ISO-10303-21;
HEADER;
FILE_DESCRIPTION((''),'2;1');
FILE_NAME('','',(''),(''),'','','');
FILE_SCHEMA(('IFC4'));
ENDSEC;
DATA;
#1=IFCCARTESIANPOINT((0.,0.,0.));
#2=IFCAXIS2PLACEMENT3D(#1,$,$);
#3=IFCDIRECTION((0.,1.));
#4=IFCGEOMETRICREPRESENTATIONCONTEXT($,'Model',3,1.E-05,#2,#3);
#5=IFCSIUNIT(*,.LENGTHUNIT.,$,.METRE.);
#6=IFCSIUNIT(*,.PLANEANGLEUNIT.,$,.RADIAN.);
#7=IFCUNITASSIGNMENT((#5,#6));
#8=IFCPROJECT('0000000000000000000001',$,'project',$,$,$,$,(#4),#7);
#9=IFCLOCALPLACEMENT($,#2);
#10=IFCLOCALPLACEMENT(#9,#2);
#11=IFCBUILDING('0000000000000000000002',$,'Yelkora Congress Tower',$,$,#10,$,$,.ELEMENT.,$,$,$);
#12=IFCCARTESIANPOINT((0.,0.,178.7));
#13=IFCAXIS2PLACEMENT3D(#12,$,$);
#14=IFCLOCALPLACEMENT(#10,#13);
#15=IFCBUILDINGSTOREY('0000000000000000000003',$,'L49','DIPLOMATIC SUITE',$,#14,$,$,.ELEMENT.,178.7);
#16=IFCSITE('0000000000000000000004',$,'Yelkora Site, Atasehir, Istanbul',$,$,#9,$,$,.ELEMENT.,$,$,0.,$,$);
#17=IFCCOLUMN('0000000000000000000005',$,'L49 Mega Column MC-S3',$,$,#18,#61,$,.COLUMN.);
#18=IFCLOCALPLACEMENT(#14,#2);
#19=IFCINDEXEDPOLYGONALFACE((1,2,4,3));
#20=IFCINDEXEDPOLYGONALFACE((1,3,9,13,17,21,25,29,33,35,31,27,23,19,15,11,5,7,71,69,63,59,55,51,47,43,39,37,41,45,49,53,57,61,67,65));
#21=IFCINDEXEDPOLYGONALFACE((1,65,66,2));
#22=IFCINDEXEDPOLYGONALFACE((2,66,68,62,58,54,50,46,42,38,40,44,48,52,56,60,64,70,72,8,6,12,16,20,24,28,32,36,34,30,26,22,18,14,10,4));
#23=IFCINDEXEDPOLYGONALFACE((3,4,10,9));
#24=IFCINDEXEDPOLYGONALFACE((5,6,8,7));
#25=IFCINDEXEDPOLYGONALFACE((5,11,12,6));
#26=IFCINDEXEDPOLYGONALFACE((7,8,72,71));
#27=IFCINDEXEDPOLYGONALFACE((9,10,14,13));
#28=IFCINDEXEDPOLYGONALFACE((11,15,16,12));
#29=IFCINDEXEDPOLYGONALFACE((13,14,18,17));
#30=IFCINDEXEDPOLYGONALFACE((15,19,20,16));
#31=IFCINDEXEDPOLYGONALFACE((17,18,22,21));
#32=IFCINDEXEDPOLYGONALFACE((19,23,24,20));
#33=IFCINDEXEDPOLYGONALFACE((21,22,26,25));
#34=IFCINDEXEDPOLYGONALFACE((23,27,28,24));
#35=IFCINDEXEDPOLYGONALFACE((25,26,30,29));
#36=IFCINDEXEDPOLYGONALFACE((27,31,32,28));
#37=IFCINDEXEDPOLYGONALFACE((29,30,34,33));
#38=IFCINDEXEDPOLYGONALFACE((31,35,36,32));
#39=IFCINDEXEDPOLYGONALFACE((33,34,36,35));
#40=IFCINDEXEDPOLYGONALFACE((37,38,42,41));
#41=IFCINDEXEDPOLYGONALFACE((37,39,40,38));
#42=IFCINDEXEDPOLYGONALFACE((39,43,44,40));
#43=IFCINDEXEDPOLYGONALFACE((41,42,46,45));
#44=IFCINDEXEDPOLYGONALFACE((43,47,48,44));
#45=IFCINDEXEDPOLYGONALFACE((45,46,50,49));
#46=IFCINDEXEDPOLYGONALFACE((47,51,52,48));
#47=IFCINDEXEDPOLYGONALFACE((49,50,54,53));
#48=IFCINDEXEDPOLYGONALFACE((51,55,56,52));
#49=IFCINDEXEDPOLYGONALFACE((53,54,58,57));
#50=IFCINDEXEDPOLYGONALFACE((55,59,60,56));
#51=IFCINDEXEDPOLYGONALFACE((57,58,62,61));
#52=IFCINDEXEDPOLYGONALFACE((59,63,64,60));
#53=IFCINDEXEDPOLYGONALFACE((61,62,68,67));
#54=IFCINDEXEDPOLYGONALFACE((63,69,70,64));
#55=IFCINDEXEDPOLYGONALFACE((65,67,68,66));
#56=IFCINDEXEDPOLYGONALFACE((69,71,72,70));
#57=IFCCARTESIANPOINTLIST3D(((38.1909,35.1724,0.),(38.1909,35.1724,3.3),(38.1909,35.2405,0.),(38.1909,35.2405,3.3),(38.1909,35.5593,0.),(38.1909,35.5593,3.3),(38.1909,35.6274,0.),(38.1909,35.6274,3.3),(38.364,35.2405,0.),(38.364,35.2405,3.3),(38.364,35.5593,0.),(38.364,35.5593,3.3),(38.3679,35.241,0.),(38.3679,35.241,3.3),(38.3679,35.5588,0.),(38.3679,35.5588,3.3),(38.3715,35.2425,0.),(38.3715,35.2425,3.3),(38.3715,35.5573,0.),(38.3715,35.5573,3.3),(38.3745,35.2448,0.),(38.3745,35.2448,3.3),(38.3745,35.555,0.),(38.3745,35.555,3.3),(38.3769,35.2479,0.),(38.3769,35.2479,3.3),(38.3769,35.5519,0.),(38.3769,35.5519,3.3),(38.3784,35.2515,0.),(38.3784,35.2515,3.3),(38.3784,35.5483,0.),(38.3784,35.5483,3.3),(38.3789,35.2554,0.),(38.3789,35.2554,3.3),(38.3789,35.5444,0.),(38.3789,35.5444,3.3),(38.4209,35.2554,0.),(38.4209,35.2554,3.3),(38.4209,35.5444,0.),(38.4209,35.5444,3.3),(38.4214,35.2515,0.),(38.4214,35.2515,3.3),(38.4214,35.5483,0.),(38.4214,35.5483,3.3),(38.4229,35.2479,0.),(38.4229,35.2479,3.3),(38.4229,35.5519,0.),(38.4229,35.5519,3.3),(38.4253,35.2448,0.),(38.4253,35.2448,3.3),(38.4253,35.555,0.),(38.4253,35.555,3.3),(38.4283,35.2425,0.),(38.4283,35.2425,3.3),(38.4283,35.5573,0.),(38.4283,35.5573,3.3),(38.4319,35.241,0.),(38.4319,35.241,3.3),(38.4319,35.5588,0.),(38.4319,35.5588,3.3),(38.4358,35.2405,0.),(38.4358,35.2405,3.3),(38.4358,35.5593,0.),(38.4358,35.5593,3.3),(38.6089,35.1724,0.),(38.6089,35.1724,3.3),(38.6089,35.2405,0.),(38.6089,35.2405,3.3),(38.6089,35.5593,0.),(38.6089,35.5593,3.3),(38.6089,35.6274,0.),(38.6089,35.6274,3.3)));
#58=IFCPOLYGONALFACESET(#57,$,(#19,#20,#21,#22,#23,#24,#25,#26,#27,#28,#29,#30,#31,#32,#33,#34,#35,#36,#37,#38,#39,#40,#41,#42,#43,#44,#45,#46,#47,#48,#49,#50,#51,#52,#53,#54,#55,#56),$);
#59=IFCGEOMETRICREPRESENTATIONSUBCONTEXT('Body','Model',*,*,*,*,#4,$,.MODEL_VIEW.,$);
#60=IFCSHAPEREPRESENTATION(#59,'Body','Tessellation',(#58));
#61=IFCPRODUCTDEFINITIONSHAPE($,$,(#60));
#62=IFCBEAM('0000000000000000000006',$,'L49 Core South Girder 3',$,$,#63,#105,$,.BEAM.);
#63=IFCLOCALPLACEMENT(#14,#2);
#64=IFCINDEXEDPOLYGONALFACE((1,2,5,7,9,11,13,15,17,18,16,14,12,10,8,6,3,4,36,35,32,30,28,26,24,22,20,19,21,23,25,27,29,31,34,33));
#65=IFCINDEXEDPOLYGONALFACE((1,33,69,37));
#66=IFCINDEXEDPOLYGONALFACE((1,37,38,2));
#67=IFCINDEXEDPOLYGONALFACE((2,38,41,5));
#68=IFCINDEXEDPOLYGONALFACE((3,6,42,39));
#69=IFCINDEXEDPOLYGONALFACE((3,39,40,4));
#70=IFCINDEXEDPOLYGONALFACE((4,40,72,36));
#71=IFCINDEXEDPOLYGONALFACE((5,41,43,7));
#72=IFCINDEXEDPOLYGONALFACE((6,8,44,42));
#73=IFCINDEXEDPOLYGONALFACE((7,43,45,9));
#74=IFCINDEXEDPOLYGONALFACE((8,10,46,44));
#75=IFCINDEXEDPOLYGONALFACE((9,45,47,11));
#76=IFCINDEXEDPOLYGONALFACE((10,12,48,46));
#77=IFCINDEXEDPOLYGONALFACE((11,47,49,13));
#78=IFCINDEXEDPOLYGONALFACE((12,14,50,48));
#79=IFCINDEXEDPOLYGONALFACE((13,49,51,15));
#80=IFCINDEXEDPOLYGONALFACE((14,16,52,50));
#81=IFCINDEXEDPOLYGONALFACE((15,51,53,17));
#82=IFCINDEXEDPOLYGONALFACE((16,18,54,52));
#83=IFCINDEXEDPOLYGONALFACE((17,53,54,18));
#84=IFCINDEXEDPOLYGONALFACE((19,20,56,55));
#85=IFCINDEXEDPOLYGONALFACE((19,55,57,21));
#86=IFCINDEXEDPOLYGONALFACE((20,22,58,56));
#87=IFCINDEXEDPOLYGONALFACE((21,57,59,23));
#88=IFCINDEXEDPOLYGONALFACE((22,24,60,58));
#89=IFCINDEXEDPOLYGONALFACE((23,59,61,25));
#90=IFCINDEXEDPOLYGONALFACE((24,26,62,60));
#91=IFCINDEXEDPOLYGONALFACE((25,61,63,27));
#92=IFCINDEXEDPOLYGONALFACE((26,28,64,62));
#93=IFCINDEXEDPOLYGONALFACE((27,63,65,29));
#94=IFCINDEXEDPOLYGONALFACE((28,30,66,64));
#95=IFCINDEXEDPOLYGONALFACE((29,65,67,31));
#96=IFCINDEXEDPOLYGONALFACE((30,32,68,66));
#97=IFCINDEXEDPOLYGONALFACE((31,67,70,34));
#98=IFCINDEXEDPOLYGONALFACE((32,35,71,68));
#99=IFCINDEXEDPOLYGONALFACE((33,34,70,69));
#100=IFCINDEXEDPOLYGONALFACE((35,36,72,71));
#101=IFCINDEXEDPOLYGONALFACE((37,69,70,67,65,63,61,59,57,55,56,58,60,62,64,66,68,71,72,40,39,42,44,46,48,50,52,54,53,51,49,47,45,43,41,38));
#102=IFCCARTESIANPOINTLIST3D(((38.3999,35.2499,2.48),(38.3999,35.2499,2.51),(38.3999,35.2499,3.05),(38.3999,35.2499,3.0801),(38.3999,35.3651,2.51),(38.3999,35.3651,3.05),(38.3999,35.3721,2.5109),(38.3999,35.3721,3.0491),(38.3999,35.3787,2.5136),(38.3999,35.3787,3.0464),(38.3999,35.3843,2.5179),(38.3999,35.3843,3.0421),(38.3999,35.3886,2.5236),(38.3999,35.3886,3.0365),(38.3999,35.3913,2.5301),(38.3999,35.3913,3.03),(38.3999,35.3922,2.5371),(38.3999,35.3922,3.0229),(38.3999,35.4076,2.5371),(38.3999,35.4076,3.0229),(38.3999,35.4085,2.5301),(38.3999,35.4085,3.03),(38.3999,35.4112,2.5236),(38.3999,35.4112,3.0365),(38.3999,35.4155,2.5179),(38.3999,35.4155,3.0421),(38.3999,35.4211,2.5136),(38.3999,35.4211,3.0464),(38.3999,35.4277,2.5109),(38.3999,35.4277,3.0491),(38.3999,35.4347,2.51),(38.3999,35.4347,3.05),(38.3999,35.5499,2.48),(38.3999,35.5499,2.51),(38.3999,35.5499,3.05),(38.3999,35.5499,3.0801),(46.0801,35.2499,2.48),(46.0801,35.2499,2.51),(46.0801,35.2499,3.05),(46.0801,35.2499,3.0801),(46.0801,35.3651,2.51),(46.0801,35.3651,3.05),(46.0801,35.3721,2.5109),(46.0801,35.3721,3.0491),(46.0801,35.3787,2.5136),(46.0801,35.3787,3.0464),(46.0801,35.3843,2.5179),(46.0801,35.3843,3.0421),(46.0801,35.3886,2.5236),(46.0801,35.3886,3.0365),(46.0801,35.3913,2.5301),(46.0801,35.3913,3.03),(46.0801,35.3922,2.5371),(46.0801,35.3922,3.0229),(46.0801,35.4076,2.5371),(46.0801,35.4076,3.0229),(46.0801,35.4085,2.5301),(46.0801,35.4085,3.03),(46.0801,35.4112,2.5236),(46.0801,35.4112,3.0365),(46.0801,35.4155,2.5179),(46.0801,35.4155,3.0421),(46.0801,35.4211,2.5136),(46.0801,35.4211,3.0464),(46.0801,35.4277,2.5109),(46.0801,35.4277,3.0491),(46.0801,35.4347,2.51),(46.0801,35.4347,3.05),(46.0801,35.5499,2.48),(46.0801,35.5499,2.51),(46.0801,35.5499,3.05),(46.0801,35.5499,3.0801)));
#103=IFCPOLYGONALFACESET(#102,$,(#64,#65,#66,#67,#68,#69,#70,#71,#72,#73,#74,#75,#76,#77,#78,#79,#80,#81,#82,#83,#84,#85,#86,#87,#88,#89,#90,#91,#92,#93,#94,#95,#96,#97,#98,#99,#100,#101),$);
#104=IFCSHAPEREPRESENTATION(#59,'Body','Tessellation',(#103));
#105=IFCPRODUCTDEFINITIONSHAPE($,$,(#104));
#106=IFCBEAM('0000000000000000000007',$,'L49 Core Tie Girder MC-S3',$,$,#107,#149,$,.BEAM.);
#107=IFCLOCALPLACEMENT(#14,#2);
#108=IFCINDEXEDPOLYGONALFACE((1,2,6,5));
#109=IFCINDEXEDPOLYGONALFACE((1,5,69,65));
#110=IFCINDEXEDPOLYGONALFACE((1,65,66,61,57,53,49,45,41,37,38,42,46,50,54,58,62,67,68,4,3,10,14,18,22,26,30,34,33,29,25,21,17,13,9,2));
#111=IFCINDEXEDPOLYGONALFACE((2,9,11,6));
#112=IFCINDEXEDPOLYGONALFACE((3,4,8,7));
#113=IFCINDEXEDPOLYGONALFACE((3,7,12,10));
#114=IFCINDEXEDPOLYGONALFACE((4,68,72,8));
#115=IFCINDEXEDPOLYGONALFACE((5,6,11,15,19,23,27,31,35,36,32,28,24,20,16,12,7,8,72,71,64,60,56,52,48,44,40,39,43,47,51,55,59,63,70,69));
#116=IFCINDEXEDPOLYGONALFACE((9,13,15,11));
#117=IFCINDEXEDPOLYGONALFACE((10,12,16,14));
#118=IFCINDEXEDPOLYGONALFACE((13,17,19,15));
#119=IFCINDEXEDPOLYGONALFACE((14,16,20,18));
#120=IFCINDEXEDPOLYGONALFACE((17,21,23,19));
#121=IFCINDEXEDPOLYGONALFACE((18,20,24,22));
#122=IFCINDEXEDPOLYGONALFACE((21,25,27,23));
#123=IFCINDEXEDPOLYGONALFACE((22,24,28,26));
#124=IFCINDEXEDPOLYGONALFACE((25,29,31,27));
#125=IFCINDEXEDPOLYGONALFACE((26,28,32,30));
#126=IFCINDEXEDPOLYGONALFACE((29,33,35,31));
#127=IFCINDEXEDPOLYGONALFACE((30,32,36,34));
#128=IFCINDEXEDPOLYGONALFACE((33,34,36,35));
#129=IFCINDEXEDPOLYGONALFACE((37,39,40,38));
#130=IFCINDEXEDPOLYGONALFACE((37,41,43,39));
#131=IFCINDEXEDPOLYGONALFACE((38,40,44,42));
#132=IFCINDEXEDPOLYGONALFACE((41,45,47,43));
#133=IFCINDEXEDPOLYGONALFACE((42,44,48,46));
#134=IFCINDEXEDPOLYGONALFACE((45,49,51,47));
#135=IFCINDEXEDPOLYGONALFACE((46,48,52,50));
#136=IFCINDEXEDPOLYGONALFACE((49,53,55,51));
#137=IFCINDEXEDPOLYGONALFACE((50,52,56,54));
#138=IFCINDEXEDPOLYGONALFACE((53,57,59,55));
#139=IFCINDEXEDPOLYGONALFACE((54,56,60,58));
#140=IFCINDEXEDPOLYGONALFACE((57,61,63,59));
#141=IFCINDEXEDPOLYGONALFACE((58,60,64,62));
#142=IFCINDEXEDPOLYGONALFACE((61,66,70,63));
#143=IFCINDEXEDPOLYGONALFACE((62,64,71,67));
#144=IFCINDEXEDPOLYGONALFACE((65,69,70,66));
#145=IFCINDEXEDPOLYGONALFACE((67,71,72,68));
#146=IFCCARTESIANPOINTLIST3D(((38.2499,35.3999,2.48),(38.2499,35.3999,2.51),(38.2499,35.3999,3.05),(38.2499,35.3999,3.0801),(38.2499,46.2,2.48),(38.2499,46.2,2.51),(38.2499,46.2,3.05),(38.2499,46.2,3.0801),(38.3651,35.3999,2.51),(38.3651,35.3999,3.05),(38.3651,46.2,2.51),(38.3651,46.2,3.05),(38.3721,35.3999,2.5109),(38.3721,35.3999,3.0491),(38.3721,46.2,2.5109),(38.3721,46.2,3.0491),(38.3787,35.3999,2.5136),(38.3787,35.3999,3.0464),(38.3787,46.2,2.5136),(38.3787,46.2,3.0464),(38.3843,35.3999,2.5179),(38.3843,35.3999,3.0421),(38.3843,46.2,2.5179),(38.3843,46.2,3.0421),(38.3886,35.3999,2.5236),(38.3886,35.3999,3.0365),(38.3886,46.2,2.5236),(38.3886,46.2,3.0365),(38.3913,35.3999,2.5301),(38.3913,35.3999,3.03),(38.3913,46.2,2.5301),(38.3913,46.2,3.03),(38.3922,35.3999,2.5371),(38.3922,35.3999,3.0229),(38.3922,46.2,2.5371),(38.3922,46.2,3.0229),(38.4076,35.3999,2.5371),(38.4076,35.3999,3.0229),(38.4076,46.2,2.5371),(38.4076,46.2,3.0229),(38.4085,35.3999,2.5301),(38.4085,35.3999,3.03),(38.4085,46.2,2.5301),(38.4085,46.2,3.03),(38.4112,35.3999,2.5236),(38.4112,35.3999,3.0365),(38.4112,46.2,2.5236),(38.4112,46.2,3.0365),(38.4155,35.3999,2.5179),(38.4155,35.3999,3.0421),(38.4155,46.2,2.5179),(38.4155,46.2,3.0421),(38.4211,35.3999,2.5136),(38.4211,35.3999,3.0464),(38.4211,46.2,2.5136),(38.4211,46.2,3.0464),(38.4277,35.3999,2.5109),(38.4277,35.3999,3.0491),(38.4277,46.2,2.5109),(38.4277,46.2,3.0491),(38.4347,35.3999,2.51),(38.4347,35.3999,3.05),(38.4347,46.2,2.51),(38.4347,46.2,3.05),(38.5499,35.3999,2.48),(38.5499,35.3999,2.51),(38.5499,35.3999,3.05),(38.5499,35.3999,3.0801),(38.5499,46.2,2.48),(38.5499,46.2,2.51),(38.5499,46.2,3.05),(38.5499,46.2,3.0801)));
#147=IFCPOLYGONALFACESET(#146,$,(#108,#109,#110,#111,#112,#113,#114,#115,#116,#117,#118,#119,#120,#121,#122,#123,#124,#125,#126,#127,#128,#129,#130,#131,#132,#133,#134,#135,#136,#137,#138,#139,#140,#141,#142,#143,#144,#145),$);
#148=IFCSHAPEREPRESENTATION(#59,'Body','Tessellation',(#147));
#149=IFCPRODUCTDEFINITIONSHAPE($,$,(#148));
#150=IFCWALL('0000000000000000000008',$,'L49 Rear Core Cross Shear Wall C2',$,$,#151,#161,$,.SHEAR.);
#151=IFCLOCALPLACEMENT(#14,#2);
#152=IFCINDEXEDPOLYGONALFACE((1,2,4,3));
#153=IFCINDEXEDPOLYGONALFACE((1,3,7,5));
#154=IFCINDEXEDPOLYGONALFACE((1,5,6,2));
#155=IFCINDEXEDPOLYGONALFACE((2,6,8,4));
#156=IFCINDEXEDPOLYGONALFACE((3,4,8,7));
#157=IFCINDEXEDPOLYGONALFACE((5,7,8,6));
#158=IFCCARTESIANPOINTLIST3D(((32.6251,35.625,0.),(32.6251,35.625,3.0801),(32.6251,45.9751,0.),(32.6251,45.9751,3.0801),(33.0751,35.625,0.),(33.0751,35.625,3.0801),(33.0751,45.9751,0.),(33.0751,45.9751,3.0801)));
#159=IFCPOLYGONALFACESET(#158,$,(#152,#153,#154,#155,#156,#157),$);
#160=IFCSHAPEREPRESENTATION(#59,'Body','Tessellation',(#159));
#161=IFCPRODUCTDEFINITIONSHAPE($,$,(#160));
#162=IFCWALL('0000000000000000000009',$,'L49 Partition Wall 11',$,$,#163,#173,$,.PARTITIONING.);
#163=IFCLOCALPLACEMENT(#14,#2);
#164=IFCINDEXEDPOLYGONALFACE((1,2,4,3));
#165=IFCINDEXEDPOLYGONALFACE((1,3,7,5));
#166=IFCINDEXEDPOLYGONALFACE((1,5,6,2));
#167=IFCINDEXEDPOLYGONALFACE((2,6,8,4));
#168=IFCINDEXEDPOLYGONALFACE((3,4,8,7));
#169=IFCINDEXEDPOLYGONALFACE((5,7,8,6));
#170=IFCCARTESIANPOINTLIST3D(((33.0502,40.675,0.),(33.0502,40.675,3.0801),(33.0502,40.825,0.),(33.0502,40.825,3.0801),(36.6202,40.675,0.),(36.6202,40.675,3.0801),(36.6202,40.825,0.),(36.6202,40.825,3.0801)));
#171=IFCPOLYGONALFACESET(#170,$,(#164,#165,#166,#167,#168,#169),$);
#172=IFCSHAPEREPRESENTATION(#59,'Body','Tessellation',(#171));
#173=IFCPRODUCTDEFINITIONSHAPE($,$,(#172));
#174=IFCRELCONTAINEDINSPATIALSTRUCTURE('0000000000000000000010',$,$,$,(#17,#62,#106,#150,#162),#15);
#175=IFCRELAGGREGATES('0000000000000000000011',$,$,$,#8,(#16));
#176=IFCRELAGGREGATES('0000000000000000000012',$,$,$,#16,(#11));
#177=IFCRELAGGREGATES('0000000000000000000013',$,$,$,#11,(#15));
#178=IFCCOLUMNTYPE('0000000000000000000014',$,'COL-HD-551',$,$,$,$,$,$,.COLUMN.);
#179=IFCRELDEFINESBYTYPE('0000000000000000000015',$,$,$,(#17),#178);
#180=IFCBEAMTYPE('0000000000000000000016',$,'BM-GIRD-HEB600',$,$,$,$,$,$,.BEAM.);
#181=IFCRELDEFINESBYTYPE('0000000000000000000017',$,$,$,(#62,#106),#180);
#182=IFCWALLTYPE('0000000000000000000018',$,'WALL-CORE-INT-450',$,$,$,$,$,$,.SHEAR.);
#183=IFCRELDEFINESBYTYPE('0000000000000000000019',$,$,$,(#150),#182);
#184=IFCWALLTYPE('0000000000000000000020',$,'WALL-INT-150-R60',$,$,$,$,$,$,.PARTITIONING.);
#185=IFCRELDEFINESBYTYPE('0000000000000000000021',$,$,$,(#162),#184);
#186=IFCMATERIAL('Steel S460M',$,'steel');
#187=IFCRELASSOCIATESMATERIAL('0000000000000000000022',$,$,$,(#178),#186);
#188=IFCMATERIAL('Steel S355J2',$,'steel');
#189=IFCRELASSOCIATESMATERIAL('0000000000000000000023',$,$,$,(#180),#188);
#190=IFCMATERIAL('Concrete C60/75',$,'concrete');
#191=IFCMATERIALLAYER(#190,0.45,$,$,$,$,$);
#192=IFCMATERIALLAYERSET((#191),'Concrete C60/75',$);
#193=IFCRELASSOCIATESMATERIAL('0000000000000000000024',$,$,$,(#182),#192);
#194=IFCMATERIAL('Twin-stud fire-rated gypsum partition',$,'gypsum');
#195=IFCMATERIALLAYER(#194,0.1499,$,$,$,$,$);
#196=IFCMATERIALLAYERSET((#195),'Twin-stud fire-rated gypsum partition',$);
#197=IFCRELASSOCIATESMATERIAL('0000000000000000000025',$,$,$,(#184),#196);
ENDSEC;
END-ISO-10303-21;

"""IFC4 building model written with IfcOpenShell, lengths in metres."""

from ifc_helpers import new_model, si_unit, direction, frame, frame_2d, origin, origin_2d, place, context, subcontext, project, spatial, rectangle, i_section, extrude, material, layer, layer_set, material_profile, profile_set, type_object, element, save


model = new_model("IFC4")

# Units and contexts
model_context = context("Model", 3, precision=1e-05, world=origin(), true_north=direction((0.0, 1.0)))
body_context = subcontext(model_context, "Body", "Model", "MODEL_VIEW")
ifc_project = project(units=[si_unit("LENGTHUNIT", "METRE"), si_unit("PLANEANGLEUNIT", "RADIAN")], contexts=[model_context])

# Site, building, storey
site_placement = place(None, origin())
site = spatial("IfcSite", under=ifc_project, at=site_placement, Name="Yelkora Site, Atasehir, Istanbul", CompositionType="ELEMENT", RefElevation=0.0)
building_placement = place(site_placement, origin())
building = spatial("IfcBuilding", under=site, at=building_placement, Name="Yelkora Congress Tower", CompositionType="ELEMENT")
storey_placement = place(building_placement, frame((0.0, 0.0, 178.7)))
storey = spatial("IfcBuildingStorey", under=building, at=storey_placement, Name="L49", Description="DIPLOMATIC SUITE", CompositionType="ELEMENT", Elevation=178.7)

# Column
ifc_material_1 = material(Name="Steel S460M", Category="steel")
ifc_material_profile_1 = material_profile(ifc_material_1, i_section(OverallWidth=0.418, OverallDepth=0.4551, WebThickness=0.042, FlangeThickness=0.0681, FilletRadius=0.0149, at=origin_2d()), Name="HD 400x551")
ifc_profile_set_1 = profile_set([ifc_material_profile_1], Name="Steel S460M")
column_type = type_object("IfcColumnType", Name="COL-HD-551", PredefinedType="COLUMN", material=ifc_profile_set_1)
column_placement = place(storey_placement, frame((38.3999, 35.3999, 0.0), z_axis=(0.0, 0.0, 1.0), x_axis=(1.0, 0.0, 0.0)))
element("IfcColumn", 1, at=column_placement, inside=storey, type_object=column_type, Name="L49 Mega Column MC-S3", PredefinedType="COLUMN", context=body_context, shape_type="SweptSolid", body=[
    extrude(i_section(OverallWidth=0.418, OverallDepth=0.4551, WebThickness=0.042, FlangeThickness=0.0681, FilletRadius=0.0149, at=origin_2d()), origin(), (0.0, 0.0, 1.0), 3.3),
])

# Beams
ifc_material_2 = material(Name="Steel S355J2", Category="steel")
ifc_material_profile_2 = material_profile(ifc_material_2, i_section(OverallWidth=0.3, OverallDepth=0.6001, WebThickness=0.0154, FlangeThickness=0.03, FilletRadius=0.0271, at=origin_2d()), Name="HEB 600")
ifc_profile_set_2 = profile_set([ifc_material_profile_2], Name="Steel S355J2")
beam_type = type_object("IfcBeamType", Name="BM-GIRD-HEB600", PredefinedType="BEAM", material=ifc_profile_set_2)
beam_1_placement = place(storey_placement, frame((38.3999, 35.3999, 2.78), z_axis=(1.0, 0.0, 0.0), x_axis=(0.0, 1.0, 0.0)))
element("IfcBeam", 2, at=beam_1_placement, inside=storey, type_object=beam_type, Name="L49 Core South Girder 3", PredefinedType="BEAM", context=body_context, shape_type="SweptSolid", body=[
    extrude(i_section(OverallWidth=0.3, OverallDepth=0.6001, WebThickness=0.0154, FlangeThickness=0.03, FilletRadius=0.0271, at=origin_2d()), origin(), (0.0, 0.0, 1.0), 7.6802),
])
beam_2_placement = place(storey_placement, frame((38.3999, 35.3999, 2.78), z_axis=(0.0, 1.0, 0.0), x_axis=(-1.0, 0.0, 0.0)))
element("IfcBeam", 3, at=beam_2_placement, inside=storey, type_object=beam_type, Name="L49 Core Tie Girder MC-S3", PredefinedType="BEAM", context=body_context, shape_type="SweptSolid", body=[
    extrude(i_section(OverallWidth=0.3, OverallDepth=0.6001, WebThickness=0.0154, FlangeThickness=0.03, FilletRadius=0.0271, at=origin_2d()), origin(), (0.0, 0.0, 1.0), 10.8),
])

# Shared definitions
ifc_material_3 = material(Name="Concrete C60/75", Category="concrete")
ifc_layer_1 = layer(ifc_material_3, 0.45)
ifc_layer_set_1 = layer_set([ifc_layer_1], Name="Concrete C60/75")
wall_type_1 = type_object("IfcWallType", Name="WALL-CORE-INT-450", PredefinedType="SHEAR", material=ifc_layer_set_1)

# Walls
wall_1_placement = place(storey_placement, frame((32.8501, 35.625, 0.0), z_axis=(0.0, 0.0, 1.0), x_axis=(0.0, 1.0, 0.0)))
element("IfcWall", 4, at=wall_1_placement, inside=storey, type_object=wall_type_1, Name="L49 Rear Core Cross Shear Wall C2", PredefinedType="SHEAR", context=body_context, shape_type="SweptSolid", body=[
    extrude(rectangle(XDim=10.3501, YDim=0.45, at=frame_2d((5.175, 0.0))), origin(), (0.0, 0.0, 1.0), 3.0801),
])
ifc_material_4 = material(Name="Twin-stud fire-rated gypsum partition", Category="gypsum")
ifc_layer_2 = layer(ifc_material_4, 0.1499)
ifc_layer_set_2 = layer_set([ifc_layer_2], Name="Twin-stud fire-rated gypsum partition")
wall_type_2 = type_object("IfcWallType", Name="WALL-INT-150-R60", PredefinedType="PARTITIONING", material=ifc_layer_set_2)
wall_2_placement = place(storey_placement, frame((33.05, 40.75, 0.0), z_axis=(0.0, 0.0, 1.0), x_axis=(1.0, 0.0, 0.0)))
element("IfcWall", 5, at=wall_2_placement, inside=storey, type_object=wall_type_2, Name="L49 Partition Wall 11", PredefinedType="PARTITIONING", context=body_context, shape_type="SweptSolid", body=[
    extrude(rectangle(XDim=3.5701, YDim=0.1499, at=frame_2d((1.7852, 0.0))), origin(), (0.0, 0.0, 1.0), 3.0801),
])

save(model, "model.ifc")
